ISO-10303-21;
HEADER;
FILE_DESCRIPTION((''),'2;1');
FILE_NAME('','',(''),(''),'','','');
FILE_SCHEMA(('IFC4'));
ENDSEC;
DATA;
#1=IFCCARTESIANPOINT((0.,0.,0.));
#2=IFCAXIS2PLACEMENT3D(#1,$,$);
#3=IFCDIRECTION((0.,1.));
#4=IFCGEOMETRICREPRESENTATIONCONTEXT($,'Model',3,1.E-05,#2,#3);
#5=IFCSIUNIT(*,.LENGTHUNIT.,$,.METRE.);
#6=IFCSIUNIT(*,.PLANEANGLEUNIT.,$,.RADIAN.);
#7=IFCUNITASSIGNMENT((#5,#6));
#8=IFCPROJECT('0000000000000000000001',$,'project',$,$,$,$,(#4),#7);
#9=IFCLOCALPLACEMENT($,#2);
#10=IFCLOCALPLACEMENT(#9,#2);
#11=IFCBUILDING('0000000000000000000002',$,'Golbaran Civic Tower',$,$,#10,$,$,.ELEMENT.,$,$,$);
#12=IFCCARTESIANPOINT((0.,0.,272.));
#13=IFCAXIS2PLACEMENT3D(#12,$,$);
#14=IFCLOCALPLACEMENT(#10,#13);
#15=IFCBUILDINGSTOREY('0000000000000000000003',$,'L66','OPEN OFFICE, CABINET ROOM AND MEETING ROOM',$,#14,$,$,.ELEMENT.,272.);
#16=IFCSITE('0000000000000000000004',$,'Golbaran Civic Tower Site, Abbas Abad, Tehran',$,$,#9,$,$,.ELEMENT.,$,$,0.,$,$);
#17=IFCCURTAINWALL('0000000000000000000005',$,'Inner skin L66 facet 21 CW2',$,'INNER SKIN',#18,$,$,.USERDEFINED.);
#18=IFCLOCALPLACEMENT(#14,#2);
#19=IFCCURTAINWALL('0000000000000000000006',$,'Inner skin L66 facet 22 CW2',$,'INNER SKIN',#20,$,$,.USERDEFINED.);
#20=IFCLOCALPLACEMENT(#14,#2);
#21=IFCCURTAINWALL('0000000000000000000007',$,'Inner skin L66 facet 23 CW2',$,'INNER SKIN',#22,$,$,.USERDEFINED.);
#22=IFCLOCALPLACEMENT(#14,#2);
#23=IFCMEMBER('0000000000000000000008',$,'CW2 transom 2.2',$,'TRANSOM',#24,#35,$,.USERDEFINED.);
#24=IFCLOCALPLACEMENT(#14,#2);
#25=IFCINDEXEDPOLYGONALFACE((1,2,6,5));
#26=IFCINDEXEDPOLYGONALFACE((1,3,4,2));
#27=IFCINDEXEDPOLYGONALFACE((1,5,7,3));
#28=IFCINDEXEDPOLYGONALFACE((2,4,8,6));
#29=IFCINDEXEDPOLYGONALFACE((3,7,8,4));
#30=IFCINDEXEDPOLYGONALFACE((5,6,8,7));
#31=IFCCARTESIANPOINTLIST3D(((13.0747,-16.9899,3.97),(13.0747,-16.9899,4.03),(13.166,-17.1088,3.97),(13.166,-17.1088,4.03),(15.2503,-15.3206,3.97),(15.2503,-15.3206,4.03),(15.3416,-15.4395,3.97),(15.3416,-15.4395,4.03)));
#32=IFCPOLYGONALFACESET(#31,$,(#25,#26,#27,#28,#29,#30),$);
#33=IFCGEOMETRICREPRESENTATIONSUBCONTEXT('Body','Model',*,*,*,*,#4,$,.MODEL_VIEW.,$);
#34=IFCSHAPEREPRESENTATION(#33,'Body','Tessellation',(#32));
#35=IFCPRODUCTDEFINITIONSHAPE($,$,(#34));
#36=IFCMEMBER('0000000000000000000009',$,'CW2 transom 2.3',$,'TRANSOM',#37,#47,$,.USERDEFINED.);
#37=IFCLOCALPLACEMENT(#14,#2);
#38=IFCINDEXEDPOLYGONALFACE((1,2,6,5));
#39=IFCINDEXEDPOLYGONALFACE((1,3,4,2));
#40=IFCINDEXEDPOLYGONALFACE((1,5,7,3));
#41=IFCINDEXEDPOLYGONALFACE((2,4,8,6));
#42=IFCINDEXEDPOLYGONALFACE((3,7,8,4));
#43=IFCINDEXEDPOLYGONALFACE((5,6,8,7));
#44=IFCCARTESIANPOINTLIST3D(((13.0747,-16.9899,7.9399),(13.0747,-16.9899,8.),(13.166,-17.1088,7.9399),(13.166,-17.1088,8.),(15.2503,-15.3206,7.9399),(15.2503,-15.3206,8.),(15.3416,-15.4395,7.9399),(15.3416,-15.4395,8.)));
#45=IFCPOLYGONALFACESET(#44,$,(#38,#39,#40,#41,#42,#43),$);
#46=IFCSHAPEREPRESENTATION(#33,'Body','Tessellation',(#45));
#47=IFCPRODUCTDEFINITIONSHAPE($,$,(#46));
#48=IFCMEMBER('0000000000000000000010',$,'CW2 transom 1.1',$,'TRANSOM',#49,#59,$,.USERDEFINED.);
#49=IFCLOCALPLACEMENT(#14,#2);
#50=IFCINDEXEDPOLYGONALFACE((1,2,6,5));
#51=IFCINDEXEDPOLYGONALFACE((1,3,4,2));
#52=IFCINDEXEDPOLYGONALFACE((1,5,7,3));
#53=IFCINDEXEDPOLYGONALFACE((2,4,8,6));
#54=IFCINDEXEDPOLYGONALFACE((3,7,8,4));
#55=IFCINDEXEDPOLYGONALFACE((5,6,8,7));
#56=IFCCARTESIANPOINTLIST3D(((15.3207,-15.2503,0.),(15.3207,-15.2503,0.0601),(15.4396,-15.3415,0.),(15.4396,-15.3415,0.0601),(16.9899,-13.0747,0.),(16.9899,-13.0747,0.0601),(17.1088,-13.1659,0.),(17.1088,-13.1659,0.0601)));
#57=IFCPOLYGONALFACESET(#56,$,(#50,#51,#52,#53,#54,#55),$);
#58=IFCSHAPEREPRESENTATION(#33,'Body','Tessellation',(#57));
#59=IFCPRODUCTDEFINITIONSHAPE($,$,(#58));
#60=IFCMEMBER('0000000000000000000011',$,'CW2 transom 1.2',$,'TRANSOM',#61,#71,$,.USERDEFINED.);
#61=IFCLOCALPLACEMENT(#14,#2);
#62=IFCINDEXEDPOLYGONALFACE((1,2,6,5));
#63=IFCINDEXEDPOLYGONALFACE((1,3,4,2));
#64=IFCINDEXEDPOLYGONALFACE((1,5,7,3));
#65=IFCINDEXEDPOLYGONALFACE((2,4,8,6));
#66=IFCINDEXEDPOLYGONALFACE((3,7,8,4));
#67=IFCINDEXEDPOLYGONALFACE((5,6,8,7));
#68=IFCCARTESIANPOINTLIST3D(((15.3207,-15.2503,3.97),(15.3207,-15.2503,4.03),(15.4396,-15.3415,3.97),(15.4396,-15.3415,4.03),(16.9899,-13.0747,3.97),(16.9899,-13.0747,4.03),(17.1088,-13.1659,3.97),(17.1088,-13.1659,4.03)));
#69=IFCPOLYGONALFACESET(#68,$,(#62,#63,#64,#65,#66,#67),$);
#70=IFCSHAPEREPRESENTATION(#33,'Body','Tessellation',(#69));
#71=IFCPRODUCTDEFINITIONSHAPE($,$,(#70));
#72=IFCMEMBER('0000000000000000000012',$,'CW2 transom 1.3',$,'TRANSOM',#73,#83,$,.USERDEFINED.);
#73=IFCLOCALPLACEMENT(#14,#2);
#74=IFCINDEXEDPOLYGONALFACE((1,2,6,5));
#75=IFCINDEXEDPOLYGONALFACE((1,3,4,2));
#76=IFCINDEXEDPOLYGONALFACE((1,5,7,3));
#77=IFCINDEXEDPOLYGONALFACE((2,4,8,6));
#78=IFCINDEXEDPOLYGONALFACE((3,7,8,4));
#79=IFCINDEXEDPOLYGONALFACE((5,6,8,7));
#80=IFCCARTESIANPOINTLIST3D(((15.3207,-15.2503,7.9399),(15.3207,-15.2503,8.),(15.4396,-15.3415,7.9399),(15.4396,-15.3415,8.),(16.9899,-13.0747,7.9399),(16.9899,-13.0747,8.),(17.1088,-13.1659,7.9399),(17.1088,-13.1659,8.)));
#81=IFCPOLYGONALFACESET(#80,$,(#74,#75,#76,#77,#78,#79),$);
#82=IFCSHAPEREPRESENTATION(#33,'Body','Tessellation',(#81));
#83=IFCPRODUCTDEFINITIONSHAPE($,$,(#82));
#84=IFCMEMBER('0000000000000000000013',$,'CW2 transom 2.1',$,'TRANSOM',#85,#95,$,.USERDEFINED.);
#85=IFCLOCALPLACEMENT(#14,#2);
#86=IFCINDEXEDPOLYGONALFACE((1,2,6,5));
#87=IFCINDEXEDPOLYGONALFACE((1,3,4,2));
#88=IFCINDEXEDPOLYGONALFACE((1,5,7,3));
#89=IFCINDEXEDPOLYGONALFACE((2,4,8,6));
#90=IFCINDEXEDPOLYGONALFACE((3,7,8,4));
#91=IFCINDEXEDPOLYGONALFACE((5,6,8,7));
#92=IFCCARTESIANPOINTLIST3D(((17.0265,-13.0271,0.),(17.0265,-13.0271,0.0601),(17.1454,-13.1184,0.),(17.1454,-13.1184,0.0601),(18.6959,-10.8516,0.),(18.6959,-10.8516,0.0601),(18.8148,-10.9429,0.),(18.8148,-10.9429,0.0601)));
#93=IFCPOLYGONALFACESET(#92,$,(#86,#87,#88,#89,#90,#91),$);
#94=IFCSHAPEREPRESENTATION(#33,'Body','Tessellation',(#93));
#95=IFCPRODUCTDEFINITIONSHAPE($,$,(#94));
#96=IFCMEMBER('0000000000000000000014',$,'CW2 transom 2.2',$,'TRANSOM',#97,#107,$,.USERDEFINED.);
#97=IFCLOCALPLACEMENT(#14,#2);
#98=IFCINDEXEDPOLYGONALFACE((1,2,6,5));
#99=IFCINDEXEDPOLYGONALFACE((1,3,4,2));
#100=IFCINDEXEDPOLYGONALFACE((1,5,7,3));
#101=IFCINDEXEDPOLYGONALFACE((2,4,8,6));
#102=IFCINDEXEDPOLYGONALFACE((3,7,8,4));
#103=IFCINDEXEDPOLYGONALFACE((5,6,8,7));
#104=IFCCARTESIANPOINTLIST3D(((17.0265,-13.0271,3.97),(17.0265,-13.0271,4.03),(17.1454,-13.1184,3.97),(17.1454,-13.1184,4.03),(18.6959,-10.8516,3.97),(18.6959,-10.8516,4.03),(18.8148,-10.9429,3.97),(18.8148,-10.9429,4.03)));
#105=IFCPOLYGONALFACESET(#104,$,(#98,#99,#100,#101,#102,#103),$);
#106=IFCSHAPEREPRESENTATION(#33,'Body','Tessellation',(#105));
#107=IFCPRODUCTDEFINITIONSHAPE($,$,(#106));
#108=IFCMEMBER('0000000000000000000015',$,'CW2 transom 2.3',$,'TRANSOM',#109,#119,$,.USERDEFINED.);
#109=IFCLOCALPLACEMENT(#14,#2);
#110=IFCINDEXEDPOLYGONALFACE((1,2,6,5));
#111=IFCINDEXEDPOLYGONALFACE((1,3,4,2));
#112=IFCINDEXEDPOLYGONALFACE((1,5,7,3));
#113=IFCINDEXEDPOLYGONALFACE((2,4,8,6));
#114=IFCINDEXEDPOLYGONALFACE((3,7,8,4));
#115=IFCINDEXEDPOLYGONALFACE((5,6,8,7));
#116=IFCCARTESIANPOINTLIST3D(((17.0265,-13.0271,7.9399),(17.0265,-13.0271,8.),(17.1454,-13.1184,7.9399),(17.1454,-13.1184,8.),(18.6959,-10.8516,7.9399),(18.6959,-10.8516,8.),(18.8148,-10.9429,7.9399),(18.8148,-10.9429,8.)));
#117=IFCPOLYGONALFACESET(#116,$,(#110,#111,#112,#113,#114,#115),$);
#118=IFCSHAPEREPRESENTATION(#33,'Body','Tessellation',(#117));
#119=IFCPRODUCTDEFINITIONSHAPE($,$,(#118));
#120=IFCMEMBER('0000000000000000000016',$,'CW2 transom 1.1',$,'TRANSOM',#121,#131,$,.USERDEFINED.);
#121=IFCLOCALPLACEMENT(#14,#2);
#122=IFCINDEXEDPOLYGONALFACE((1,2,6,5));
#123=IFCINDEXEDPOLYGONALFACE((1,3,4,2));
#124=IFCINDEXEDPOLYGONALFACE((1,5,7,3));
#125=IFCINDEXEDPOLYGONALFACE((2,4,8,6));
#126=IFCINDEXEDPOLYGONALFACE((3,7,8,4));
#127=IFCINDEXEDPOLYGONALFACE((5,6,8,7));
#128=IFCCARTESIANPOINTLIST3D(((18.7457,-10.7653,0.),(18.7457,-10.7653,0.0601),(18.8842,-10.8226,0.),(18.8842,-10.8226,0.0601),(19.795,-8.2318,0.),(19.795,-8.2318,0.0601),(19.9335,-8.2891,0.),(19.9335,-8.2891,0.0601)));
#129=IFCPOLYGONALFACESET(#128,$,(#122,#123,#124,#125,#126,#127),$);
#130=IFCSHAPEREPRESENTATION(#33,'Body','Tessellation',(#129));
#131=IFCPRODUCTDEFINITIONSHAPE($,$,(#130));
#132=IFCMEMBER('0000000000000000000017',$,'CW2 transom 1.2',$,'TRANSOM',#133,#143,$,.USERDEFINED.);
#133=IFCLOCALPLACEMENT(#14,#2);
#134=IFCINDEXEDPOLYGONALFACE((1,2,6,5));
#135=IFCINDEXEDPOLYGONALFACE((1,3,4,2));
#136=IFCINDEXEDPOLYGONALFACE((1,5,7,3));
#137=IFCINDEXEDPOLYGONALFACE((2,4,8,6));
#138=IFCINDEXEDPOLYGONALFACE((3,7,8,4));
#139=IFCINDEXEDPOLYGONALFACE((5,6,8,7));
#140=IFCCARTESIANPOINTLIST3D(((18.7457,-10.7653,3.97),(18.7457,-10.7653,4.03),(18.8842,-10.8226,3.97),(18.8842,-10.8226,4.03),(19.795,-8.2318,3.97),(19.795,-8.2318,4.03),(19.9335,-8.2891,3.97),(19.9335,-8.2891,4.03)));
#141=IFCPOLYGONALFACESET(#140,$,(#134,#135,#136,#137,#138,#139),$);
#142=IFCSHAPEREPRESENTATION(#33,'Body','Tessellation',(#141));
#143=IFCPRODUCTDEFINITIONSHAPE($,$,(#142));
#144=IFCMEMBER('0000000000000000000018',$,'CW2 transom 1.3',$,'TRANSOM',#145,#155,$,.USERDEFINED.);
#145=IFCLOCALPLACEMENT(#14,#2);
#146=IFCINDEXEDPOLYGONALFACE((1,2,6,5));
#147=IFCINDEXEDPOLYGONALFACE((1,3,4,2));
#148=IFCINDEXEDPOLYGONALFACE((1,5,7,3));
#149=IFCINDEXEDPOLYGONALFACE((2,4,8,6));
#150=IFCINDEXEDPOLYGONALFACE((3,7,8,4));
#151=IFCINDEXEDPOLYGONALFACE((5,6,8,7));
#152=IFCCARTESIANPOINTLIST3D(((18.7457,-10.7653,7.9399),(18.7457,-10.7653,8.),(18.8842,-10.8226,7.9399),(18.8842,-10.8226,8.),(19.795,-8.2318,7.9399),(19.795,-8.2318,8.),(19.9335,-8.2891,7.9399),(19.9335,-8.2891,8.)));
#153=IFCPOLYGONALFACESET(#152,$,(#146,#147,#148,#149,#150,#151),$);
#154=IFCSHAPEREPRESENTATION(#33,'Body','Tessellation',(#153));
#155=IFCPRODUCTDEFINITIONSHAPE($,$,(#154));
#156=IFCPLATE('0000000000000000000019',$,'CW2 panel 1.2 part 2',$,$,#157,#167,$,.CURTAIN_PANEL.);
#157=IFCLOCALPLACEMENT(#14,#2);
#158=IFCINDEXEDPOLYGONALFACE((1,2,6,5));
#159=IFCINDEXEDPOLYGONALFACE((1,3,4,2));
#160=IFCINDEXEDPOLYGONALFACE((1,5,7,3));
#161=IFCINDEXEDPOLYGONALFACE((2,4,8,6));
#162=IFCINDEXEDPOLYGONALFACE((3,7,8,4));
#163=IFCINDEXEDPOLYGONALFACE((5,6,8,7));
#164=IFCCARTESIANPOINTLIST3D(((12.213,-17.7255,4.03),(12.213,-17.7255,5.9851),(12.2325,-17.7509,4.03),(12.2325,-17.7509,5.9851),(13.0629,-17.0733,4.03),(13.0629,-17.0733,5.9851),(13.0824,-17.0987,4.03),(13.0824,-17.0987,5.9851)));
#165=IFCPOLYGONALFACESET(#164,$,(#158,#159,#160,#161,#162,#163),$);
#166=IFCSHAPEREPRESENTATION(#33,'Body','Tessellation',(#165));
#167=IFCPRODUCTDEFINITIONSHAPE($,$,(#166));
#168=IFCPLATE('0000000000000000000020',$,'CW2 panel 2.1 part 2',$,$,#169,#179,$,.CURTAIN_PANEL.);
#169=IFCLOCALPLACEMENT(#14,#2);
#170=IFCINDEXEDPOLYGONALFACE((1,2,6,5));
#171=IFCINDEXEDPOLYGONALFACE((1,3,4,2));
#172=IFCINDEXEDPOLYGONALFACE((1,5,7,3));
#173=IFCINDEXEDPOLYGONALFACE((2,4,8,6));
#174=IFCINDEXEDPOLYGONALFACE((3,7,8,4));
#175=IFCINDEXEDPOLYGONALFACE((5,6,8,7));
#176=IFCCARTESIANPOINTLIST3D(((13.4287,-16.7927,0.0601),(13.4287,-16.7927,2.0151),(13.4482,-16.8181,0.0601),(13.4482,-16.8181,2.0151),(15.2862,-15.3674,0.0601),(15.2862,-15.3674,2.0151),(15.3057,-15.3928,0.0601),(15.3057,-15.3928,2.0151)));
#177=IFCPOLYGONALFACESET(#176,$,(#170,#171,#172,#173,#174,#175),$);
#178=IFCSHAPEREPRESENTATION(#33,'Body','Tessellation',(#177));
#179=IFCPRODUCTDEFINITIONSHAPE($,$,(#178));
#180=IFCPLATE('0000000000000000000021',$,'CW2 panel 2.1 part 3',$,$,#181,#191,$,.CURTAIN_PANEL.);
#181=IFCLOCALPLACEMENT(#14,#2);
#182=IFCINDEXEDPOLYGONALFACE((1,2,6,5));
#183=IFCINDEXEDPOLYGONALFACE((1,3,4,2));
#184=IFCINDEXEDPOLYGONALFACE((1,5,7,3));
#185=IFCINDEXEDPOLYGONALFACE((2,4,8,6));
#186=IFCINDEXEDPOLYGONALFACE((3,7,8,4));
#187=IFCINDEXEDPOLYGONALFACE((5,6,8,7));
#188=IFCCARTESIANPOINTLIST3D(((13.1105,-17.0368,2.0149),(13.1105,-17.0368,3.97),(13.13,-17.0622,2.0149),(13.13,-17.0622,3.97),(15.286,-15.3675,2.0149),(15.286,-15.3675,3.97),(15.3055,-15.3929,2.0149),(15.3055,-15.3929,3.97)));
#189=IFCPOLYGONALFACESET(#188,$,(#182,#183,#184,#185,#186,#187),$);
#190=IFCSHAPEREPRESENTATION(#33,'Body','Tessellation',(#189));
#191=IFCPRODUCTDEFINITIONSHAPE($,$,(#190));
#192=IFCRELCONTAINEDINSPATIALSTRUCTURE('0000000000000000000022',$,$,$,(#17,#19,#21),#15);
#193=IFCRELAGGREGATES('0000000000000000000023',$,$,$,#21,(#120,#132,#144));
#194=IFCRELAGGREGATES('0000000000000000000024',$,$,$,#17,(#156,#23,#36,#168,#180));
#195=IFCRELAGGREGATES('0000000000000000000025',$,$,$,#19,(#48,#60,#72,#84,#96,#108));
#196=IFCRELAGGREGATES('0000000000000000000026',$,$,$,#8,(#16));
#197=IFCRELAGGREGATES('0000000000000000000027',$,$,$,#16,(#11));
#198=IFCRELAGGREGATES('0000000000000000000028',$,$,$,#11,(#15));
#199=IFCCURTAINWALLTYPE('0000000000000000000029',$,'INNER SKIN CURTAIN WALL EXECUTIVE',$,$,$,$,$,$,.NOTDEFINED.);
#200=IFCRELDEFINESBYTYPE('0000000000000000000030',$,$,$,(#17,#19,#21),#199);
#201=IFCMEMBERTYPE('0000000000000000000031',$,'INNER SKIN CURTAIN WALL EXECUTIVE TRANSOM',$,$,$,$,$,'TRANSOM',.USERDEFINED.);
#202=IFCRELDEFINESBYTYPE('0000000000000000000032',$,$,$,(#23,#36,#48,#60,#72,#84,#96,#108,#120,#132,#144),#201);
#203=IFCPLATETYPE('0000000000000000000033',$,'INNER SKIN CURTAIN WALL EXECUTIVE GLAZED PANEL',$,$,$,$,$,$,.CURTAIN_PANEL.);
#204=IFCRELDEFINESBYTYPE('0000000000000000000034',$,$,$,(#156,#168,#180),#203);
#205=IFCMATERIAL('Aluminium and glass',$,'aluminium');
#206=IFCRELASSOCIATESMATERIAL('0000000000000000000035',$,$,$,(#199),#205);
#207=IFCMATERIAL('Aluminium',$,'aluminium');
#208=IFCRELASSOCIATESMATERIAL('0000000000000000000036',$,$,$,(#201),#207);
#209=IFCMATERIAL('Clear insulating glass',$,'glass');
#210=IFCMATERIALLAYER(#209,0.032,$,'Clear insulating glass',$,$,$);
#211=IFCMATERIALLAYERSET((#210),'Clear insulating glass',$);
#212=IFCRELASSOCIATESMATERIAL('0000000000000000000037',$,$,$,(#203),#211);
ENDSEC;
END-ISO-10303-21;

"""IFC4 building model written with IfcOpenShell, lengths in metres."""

from ifc_helpers import new_model, si_unit, direction, frame, origin, origin_2d, place, context, subcontext, project, spatial, rectangle, extrude, material, layer, layer_set, material_profile, profile_set, type_object, element, aggregate, save


model = new_model("IFC4")

# Units and contexts
model_context = context("Model", 3, precision=1e-05, world=origin(), true_north=direction((0.0, 1.0)))
body_context = subcontext(model_context, "Body", "Model", "MODEL_VIEW")
ifc_project = project(units=[si_unit("LENGTHUNIT", "METRE"), si_unit("PLANEANGLEUNIT", "RADIAN")], contexts=[model_context])

# Site, building, storey
site_placement = place(None, origin())
site = spatial("IfcSite", under=ifc_project, at=site_placement, Name="Golbaran Civic Tower Site, Abbas Abad, Tehran", CompositionType="ELEMENT", RefElevation=0.0)
building_placement = place(site_placement, origin())
building = spatial("IfcBuilding", under=site, at=building_placement, Name="Golbaran Civic Tower", CompositionType="ELEMENT")
storey_placement = place(building_placement, frame((0.0, 0.0, 272.0)))
storey = spatial("IfcBuildingStorey", under=building, at=storey_placement, Name="L66", Description="OPEN OFFICE, CABINET ROOM AND MEETING ROOM", CompositionType="ELEMENT", Elevation=272.0)

# Curtain walls
ifc_material_1 = material(Name="Aluminium and glass", Category="aluminium")
curtain_wall_type = type_object("IfcCurtainWallType", Name="INNER SKIN CURTAIN WALL EXECUTIVE", PredefinedType="NOTDEFINED", material=ifc_material_1)
curtain_wall_1_placement = place(storey_placement, origin())
curtain_wall_1 = element("IfcCurtainWall", 1, at=curtain_wall_1_placement, inside=storey, type_object=curtain_wall_type, Name="Inner skin L66 facet 21 CW2", ObjectType="INNER SKIN", PredefinedType="USERDEFINED")
ifc_material_2 = material(Name="Aluminium", Category="aluminium")
curtain_wall_2_placement = place(storey_placement, origin())
curtain_wall_2 = element("IfcCurtainWall", 2, at=curtain_wall_2_placement, inside=storey, type_object=curtain_wall_type, Name="Inner skin L66 facet 22 CW2", ObjectType="INNER SKIN", PredefinedType="USERDEFINED")

# Curtain wall
curtain_wall_3_placement = place(storey_placement, origin())
curtain_wall_3 = element("IfcCurtainWall", 3, at=curtain_wall_3_placement, inside=storey, type_object=curtain_wall_type, Name="Inner skin L66 facet 23 CW2", ObjectType="INNER SKIN", PredefinedType="USERDEFINED")

# Members
ifc_material_profile_1 = material_profile(ifc_material_2, rectangle(XDim=0.1499, YDim=0.0601, at=origin_2d()), Name="INNER SKIN CURTAIN WALL EXECUTIVE TRANSOM")
ifc_profile_set_1 = profile_set([ifc_material_profile_1], Name="Aluminium")
member_type_1 = type_object("IfcMemberType", Name="INNER SKIN CURTAIN WALL EXECUTIVE TRANSOM", ElementType="TRANSOM", PredefinedType="USERDEFINED", material=ifc_profile_set_1)
member_1_placement = place(storey_placement, frame((13.1204, -17.0493, 4.0), z_axis=(0.793381, 0.608725, 0.0), x_axis=(-0.608725, 0.793381, 0.0)))
member_1 = element("IfcMember", 4, at=member_1_placement, type_object=member_type_1, Name="CW2 transom 2.2", ObjectType="TRANSOM", PredefinedType="USERDEFINED", context=body_context, shape_type="SweptSolid", body=[
    extrude(rectangle(XDim=0.1499, YDim=0.0601, at=origin_2d()), origin(), (0.0, 0.0, 1.0), 2.7422),
])
member_2_placement = place(storey_placement, frame((13.1204, -17.0493, 7.97), z_axis=(0.793381, 0.608725, 0.0), x_axis=(-0.608725, 0.793381, 0.0)))
member_2 = element("IfcMember", 5, at=member_2_placement, type_object=member_type_1, Name="CW2 transom 2.3", ObjectType="TRANSOM", PredefinedType="USERDEFINED", context=body_context, shape_type="SweptSolid", body=[
    extrude(rectangle(XDim=0.1499, YDim=0.0601, at=origin_2d()), origin(), (0.0, 0.0, 1.0), 2.7422),
])
member_3_placement = place(storey_placement, frame((15.3801, -15.2959, 0.03), z_axis=(0.608725, 0.793381, 0.0), x_axis=(-0.793381, 0.608725, 0.0)))
member_3 = element("IfcMember", 6, at=member_3_placement, type_object=member_type_1, Name="CW2 transom 1.1", ObjectType="TRANSOM", PredefinedType="USERDEFINED", context=body_context, shape_type="SweptSolid", body=[
    extrude(rectangle(XDim=0.1499, YDim=0.0601, at=origin_2d()), origin(), (0.0, 0.0, 1.0), 2.7422),
])
member_4_placement = place(storey_placement, frame((15.3801, -15.2959, 4.0), z_axis=(0.608725, 0.793381, 0.0), x_axis=(-0.793381, 0.608725, 0.0)))
member_4 = element("IfcMember", 7, at=member_4_placement, type_object=member_type_1, Name="CW2 transom 1.2", ObjectType="TRANSOM", PredefinedType="USERDEFINED", context=body_context, shape_type="SweptSolid", body=[
    extrude(rectangle(XDim=0.1499, YDim=0.0601, at=origin_2d()), origin(), (0.0, 0.0, 1.0), 2.7422),
])
member_5_placement = place(storey_placement, frame((15.3801, -15.2959, 7.97), z_axis=(0.608725, 0.793381, 0.0), x_axis=(-0.793381, 0.608725, 0.0)))
member_5 = element("IfcMember", 8, at=member_5_placement, type_object=member_type_1, Name="CW2 transom 1.3", ObjectType="TRANSOM", PredefinedType="USERDEFINED", context=body_context, shape_type="SweptSolid", body=[
    extrude(rectangle(XDim=0.1499, YDim=0.0601, at=origin_2d()), origin(), (0.0, 0.0, 1.0), 2.7422),
])
member_6_placement = place(storey_placement, frame((17.0859, -13.0728, 0.03), z_axis=(0.608781, 0.793338, 0.0), x_axis=(-0.793338, 0.608781, 0.0)))
member_6 = element("IfcMember", 9, at=member_6_placement, type_object=member_type_1, Name="CW2 transom 2.1", ObjectType="TRANSOM", PredefinedType="USERDEFINED", context=body_context, shape_type="SweptSolid", body=[
    extrude(rectangle(XDim=0.1499, YDim=0.0601, at=origin_2d()), origin(), (0.0, 0.0, 1.0), 2.7422),
])
member_7_placement = place(storey_placement, frame((17.0859, -13.0728, 4.0), z_axis=(0.608781, 0.793338, 0.0), x_axis=(-0.793338, 0.608781, 0.0)))
member_7 = element("IfcMember", 10, at=member_7_placement, type_object=member_type_1, Name="CW2 transom 2.2", ObjectType="TRANSOM", PredefinedType="USERDEFINED", context=body_context, shape_type="SweptSolid", body=[
    extrude(rectangle(XDim=0.1499, YDim=0.0601, at=origin_2d()), origin(), (0.0, 0.0, 1.0), 2.7422),
])
member_8_placement = place(storey_placement, frame((17.0859, -13.0728, 7.97), z_axis=(0.608781, 0.793338, 0.0), x_axis=(-0.793338, 0.608781, 0.0)))
member_8 = element("IfcMember", 11, at=member_8_placement, type_object=member_type_1, Name="CW2 transom 2.3", ObjectType="TRANSOM", PredefinedType="USERDEFINED", context=body_context, shape_type="SweptSolid", body=[
    extrude(rectangle(XDim=0.1499, YDim=0.0601, at=origin_2d()), origin(), (0.0, 0.0, 1.0), 2.7422),
])
member_9_placement = place(storey_placement, frame((18.8149, -10.7939, 0.03), z_axis=(0.382661, 0.923889, 0.0), x_axis=(-0.923889, 0.382661, 0.0)))
member_9 = element("IfcMember", 12, at=member_9_placement, type_object=member_type_1, Name="CW2 transom 1.1", ObjectType="TRANSOM", PredefinedType="USERDEFINED", context=body_context, shape_type="SweptSolid", body=[
    extrude(rectangle(XDim=0.1499, YDim=0.0601, at=origin_2d()), origin(), (0.0, 0.0, 1.0), 2.7422),
])
member_10_placement = place(storey_placement, frame((18.8149, -10.7939, 4.0), z_axis=(0.382661, 0.923889, 0.0), x_axis=(-0.923889, 0.382661, 0.0)))
member_10 = element("IfcMember", 13, at=member_10_placement, type_object=member_type_1, Name="CW2 transom 1.2", ObjectType="TRANSOM", PredefinedType="USERDEFINED", context=body_context, shape_type="SweptSolid", body=[
    extrude(rectangle(XDim=0.1499, YDim=0.0601, at=origin_2d()), origin(), (0.0, 0.0, 1.0), 2.7422),
])
member_11_placement = place(storey_placement, frame((18.8149, -10.7939, 7.97), z_axis=(0.382661, 0.923889, 0.0), x_axis=(-0.923889, 0.382661, 0.0)))
member_11 = element("IfcMember", 14, at=member_11_placement, type_object=member_type_1, Name="CW2 transom 1.3", ObjectType="TRANSOM", PredefinedType="USERDEFINED", context=body_context, shape_type="SweptSolid", body=[
    extrude(rectangle(XDim=0.1499, YDim=0.0601, at=origin_2d()), origin(), (0.0, 0.0, 1.0), 2.7422),
])

# Plates
ifc_material_3 = material(Name="Clear insulating glass", Category="glass")
ifc_layer_1 = layer(ifc_material_3, 0.032, Name="Clear insulating glass")
ifc_layer_set_1 = layer_set([ifc_layer_1], Name="Clear insulating glass")
plate_type_1 = type_object("IfcPlateType", Name="INNER SKIN CURTAIN WALL EXECUTIVE GLAZED PANEL", PredefinedType="CURTAIN_PANEL", material=ifc_layer_set_1)
plate_1_placement = place(storey_placement, frame((12.6477, -17.4121, 4.03), z_axis=(0.0, 0.0, 1.0), x_axis=(0.793353, 0.608761, 0.0)))
plate_1 = element("IfcPlate", 15, at=plate_1_placement, type_object=plate_type_1, Name="CW2 panel 1.2 part 2", PredefinedType="CURTAIN_PANEL", context=body_context, shape_type="SweptSolid", body=[
    extrude(rectangle(XDim=1.0713, YDim=0.032, at=origin_2d()), origin(), (0.0, 0.0, 1.0), 1.9551),
])
plate_2_placement = place(storey_placement, frame((14.3672, -16.0928, 0.0601), z_axis=(0.0, 0.0, 1.0), x_axis=(0.793353, 0.608761, 0.0)))
plate_2 = element("IfcPlate", 16, at=plate_2_placement, type_object=plate_type_1, Name="CW2 panel 2.1 part 2", PredefinedType="CURTAIN_PANEL", context=body_context, shape_type="SweptSolid", body=[
    extrude(rectangle(XDim=2.3413, YDim=0.032, at=origin_2d()), origin(), (0.0, 0.0, 1.0), 1.9551),
])
plate_3_placement = place(storey_placement, frame((14.208, -16.2148, 2.0149), z_axis=(0.0, 0.0, 1.0), x_axis=(0.793353, 0.608761, 0.0)))
plate_3 = element("IfcPlate", 17, at=plate_3_placement, type_object=plate_type_1, Name="CW2 panel 2.1 part 3", PredefinedType="CURTAIN_PANEL", context=body_context, shape_type="SweptSolid", body=[
    extrude(rectangle(XDim=2.7422, YDim=0.032, at=origin_2d()), origin(), (0.0, 0.0, 1.0), 1.9551),
])
aggregate(curtain_wall_3, [member_9, member_10, member_11])
aggregate(curtain_wall_1, [plate_1, member_1, member_2, plate_2, plate_3])
aggregate(curtain_wall_2, [member_3, member_4, member_5, member_6, member_7, member_8])

save(model, "model.ifc")
